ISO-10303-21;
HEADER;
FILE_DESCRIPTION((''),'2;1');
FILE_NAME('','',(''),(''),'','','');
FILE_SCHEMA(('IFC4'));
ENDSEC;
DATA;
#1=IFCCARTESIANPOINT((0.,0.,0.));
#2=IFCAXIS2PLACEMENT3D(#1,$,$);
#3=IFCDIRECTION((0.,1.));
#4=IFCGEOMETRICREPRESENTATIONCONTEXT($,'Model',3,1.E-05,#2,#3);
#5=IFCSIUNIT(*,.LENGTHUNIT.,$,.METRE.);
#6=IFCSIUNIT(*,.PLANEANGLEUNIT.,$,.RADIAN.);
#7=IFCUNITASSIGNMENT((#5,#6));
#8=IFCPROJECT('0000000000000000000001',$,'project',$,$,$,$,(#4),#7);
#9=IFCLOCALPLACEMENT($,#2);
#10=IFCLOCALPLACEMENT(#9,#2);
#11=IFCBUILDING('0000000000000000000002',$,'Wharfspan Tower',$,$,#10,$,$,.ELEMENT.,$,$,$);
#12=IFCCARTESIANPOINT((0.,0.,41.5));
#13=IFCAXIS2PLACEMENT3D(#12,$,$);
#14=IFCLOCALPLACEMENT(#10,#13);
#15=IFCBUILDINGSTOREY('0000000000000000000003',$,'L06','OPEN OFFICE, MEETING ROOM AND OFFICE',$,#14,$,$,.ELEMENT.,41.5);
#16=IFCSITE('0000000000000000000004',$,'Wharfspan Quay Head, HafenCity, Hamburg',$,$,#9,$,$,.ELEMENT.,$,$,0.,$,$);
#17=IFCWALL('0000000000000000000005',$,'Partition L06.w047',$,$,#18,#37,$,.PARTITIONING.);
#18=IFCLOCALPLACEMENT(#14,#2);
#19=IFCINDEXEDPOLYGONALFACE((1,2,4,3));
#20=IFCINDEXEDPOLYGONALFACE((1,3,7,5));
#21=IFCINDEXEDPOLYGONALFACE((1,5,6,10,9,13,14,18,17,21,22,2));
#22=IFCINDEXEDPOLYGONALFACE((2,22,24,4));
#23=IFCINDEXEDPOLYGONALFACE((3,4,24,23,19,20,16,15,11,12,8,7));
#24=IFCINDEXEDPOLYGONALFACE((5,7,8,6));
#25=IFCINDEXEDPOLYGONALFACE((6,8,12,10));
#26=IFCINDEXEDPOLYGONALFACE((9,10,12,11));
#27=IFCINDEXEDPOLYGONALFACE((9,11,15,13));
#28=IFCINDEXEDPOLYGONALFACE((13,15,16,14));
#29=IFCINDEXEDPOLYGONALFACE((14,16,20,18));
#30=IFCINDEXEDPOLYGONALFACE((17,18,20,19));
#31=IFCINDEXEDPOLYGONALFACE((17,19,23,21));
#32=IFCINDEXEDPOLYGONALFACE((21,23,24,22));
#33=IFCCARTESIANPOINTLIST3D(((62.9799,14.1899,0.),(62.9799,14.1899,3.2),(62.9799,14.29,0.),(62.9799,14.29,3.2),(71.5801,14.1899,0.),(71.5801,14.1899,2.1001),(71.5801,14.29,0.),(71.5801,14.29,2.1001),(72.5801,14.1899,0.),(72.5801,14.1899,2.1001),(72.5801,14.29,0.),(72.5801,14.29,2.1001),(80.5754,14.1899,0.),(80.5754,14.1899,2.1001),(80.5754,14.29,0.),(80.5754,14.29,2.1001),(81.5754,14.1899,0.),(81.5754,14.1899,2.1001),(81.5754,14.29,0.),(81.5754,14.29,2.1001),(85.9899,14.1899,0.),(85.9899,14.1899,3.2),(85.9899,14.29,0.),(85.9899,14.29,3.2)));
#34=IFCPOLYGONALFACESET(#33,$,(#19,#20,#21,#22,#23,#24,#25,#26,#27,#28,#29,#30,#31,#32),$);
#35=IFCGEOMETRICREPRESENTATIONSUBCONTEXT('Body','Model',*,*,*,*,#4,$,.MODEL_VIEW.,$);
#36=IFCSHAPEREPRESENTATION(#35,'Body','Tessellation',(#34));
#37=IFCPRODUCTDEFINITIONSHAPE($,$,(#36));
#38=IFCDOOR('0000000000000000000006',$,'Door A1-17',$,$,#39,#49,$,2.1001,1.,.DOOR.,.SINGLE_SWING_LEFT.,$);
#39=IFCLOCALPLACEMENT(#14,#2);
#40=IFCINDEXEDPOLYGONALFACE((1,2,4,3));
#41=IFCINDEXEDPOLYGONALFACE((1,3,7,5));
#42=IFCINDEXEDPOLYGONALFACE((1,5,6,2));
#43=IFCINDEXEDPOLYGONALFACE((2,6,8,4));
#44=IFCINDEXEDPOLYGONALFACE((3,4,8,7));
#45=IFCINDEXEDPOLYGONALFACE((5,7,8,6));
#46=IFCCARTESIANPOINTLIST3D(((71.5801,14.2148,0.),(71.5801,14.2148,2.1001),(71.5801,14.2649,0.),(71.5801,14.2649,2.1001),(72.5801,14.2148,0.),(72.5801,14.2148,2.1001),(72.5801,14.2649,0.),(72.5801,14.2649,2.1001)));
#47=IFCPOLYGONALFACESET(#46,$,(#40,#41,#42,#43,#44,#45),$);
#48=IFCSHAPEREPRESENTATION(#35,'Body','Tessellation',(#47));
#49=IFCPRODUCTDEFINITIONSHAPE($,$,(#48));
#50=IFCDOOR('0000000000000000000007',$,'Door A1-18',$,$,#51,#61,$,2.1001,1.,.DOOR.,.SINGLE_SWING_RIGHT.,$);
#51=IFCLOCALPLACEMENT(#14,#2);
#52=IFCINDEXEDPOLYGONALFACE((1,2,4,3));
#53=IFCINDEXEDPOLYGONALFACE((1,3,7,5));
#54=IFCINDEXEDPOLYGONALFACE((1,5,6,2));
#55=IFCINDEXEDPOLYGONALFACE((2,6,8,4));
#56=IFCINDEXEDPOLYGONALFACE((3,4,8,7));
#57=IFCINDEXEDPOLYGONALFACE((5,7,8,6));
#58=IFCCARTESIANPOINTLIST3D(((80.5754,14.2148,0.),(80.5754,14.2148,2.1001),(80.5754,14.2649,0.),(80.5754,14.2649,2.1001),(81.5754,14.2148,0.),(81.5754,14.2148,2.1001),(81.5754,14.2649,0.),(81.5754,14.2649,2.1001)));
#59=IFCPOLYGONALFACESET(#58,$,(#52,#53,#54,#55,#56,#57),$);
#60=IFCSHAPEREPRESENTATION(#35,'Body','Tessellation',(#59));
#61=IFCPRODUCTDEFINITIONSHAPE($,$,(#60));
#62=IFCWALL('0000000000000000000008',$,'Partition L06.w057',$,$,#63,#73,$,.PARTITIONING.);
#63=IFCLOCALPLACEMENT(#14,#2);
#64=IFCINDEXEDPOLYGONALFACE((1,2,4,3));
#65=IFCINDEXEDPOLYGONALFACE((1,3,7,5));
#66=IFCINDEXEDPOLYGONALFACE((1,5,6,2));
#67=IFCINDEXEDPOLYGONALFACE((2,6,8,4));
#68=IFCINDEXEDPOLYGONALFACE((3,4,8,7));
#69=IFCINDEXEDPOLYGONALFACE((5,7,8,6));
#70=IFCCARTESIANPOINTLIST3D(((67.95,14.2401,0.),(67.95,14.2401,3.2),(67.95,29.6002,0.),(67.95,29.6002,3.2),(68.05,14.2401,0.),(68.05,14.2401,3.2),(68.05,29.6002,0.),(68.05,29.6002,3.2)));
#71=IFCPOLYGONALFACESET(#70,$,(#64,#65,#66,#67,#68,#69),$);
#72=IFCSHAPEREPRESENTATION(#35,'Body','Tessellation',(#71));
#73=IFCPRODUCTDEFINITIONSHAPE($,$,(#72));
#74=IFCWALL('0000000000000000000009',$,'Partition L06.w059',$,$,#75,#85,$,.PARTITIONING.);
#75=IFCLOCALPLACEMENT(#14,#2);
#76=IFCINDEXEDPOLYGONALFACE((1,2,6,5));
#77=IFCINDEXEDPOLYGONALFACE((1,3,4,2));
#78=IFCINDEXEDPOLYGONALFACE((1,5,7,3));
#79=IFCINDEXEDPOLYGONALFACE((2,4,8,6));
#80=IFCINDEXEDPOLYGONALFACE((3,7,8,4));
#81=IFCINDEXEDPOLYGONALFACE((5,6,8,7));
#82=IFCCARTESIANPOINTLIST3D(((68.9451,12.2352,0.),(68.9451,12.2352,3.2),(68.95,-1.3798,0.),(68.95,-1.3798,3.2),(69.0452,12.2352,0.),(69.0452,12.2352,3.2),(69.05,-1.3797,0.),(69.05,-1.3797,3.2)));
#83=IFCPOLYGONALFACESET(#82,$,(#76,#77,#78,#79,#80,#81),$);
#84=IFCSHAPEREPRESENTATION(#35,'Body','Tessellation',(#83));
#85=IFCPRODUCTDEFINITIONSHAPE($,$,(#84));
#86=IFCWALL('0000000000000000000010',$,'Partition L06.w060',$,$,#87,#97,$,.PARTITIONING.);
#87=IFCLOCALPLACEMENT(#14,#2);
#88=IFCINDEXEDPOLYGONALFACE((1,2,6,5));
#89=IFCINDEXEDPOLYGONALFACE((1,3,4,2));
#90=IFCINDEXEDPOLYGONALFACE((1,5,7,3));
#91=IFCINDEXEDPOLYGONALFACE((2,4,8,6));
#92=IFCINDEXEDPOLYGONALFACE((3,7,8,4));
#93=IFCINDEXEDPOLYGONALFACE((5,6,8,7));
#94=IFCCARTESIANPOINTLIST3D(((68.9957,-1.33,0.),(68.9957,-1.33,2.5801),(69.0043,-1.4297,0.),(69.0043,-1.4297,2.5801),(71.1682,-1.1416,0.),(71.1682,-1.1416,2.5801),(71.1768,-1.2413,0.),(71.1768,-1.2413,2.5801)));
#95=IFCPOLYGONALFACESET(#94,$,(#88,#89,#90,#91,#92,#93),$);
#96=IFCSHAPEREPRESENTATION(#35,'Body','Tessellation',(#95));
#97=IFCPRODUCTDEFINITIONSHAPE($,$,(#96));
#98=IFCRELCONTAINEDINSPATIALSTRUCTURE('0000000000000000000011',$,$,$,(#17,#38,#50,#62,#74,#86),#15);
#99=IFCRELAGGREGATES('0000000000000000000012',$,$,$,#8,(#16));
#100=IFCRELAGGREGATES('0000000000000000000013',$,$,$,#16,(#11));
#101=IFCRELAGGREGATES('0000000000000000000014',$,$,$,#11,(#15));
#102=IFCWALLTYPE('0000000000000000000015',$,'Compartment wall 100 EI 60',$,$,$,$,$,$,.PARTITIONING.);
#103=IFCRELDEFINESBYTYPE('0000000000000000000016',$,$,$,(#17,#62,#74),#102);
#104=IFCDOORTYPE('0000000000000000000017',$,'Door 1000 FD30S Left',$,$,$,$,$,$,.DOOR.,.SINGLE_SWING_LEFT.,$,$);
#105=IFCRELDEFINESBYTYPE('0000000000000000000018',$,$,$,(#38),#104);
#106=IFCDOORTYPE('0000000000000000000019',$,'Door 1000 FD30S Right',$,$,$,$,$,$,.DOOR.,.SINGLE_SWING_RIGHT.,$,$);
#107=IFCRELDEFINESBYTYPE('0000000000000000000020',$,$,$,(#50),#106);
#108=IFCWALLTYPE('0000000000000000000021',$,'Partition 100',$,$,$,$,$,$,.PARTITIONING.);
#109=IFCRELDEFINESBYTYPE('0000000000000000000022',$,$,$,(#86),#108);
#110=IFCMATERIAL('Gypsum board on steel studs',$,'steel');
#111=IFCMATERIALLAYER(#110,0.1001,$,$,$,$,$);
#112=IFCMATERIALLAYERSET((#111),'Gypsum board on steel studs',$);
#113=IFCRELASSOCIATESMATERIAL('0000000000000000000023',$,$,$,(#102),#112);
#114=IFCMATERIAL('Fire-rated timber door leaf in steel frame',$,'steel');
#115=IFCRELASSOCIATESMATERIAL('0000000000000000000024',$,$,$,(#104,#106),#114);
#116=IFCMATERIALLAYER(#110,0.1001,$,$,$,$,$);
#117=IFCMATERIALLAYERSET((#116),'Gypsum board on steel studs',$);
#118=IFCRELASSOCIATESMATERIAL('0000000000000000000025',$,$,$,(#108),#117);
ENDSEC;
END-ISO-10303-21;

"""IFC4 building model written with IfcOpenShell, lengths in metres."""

from ifc_helpers import new_model, si_unit, direction, frame, frame_2d, origin, place, context, subcontext, project, spatial, rectangle, extrude, material, layer, layer_set, type_object, element, fill, save


model = new_model("IFC4")

# Units and contexts
model_context = context("Model", 3, precision=1e-05, world=origin(), true_north=direction((0.0, 1.0)))
body_context = subcontext(model_context, "Body", "Model", "MODEL_VIEW")
ifc_project = project(units=[si_unit("LENGTHUNIT", "METRE"), si_unit("PLANEANGLEUNIT", "RADIAN")], contexts=[model_context])

# Site, building, storey
site_placement = place(None, origin())
site = spatial("IfcSite", under=ifc_project, at=site_placement, Name="Wharfspan Quay Head, HafenCity, Hamburg", CompositionType="ELEMENT", RefElevation=0.0)
building_placement = place(site_placement, origin())
building = spatial("IfcBuilding", under=site, at=building_placement, Name="Wharfspan Tower", CompositionType="ELEMENT")
storey_placement = place(building_placement, frame((0.0, 0.0, 41.5)))
storey = spatial("IfcBuildingStorey", under=building, at=storey_placement, Name="L06", Description="OPEN OFFICE, MEETING ROOM AND OFFICE", CompositionType="ELEMENT", Elevation=41.5)

# Shared definitions
ifc_material_1 = material(Name="Gypsum board on steel studs", Category="steel")
ifc_layer_1 = layer(ifc_material_1, 0.1001)
ifc_layer_set_1 = layer_set([ifc_layer_1], Name="Gypsum board on steel studs")
wall_type_1 = type_object("IfcWallType", Name="Compartment wall 100 EI 60", PredefinedType="PARTITIONING", material=ifc_layer_set_1)

# Wall, openings, doors
wall_1_placement = place(storey_placement, frame((62.98, 14.24, 0.0), z_axis=(0.0, 0.0, 1.0), x_axis=(1.0, 0.0, 0.0)))
wall_1 = element("IfcWall", 1, at=wall_1_placement, inside=storey, type_object=wall_type_1, Name="Partition L06.w047", PredefinedType="PARTITIONING", context=body_context, shape_type="SweptSolid", body=[
    extrude(rectangle(XDim=23.01, YDim=0.1001, at=frame_2d((11.5049, 0.0))), origin(), (0.0, 0.0, 1.0), 3.2),
])
opening_1_placement = place(wall_1_placement, frame((8.6001, 0.0, 0.0)))
opening_1 = element("IfcOpeningElement", 2, at=opening_1_placement, cuts=wall_1, PredefinedType="OPENING", context=body_context, shape_type="SweptSolid", body=[
    extrude(rectangle(XDim=1.0, YDim=2.1001, at=frame_2d((0.5, 1.05))), frame((0.0, 0.0601, 0.0), z_axis=(0.0, -1.0, 0.0), x_axis=(1.0, 0.0, 0.0)), (0.0, 0.0, 1.0), 0.1201),
])
opening_2_placement = place(wall_1_placement, frame((17.5955, 0.0, 0.0)))
opening_2 = element("IfcOpeningElement", 3, at=opening_2_placement, cuts=wall_1, PredefinedType="OPENING", context=body_context, shape_type="SweptSolid", body=[
    extrude(rectangle(XDim=1.0, YDim=2.1001, at=frame_2d((0.5, 1.05))), frame((0.0, 0.0601, 0.0), z_axis=(0.0, -1.0, 0.0), x_axis=(1.0, 0.0, 0.0)), (0.0, 0.0, 1.0), 0.1201),
])
ifc_material_2 = material(Name="Fire-rated timber door leaf in steel frame", Category="steel")
door_type_1 = type_object("IfcDoorType", Name="Door 1000 FD30S Left", OperationType="SINGLE_SWING_LEFT", PredefinedType="DOOR", material=ifc_material_2)
door_1_placement = place(opening_1_placement, origin())
door_1 = element("IfcDoor", 4, at=door_1_placement, inside=storey, type_object=door_type_1, Name="Door A1-17", OperationType="SINGLE_SWING_LEFT", OverallHeight=2.1001, OverallWidth=1.0, PredefinedType="DOOR", context=body_context, shape_type="SweptSolid", body=[
    extrude(rectangle(XDim=1.0, YDim=2.1001, at=frame_2d((0.5, 1.05))), frame((0.0, 0.0249, 0.0), z_axis=(0.0, -1.0, 0.0), x_axis=(1.0, 0.0, 0.0)), (0.0, 0.0, 1.0), 0.05),
])
fill(opening_1, door_1)
door_type_2 = type_object("IfcDoorType", Name="Door 1000 FD30S Right", OperationType="SINGLE_SWING_RIGHT", PredefinedType="DOOR", material=ifc_material_2)
door_2_placement = place(opening_2_placement, origin())
door_2 = element("IfcDoor", 5, at=door_2_placement, inside=storey, type_object=door_type_2, Name="Door A1-18", OperationType="SINGLE_SWING_RIGHT", OverallHeight=2.1001, OverallWidth=1.0, PredefinedType="DOOR", context=body_context, shape_type="SweptSolid", body=[
    extrude(rectangle(XDim=1.0, YDim=2.1001, at=frame_2d((0.5, 1.05))), frame((0.0, 0.0249, 0.0), z_axis=(0.0, -1.0, 0.0), x_axis=(1.0, 0.0, 0.0)), (0.0, 0.0, 1.0), 0.05),
])
fill(opening_2, door_2)

# Walls
wall_2_placement = place(storey_placement, frame((68.0, 14.24, 0.0), z_axis=(0.0, 0.0, 1.0), x_axis=(0.0, 1.0, 0.0)))
element("IfcWall", 6, at=wall_2_placement, inside=storey, type_object=wall_type_1, Name="Partition L06.w057", PredefinedType="PARTITIONING", context=body_context, shape_type="SweptSolid", body=[
    extrude(rectangle(XDim=15.3601, YDim=0.1001, at=frame_2d((7.6802, 0.0))), origin(), (0.0, 0.0, 1.0), 3.2),
])
wall_3_placement = place(storey_placement, frame((69.0, -1.3799, 0.0), z_axis=(0.0, 0.0, 1.0), x_axis=(-0.000359, 1.000002, 0.0)))
element("IfcWall", 7, at=wall_3_placement, inside=storey, type_object=wall_type_1, Name="Partition L06.w059", PredefinedType="PARTITIONING", context=body_context, shape_type="SweptSolid", body=[
    extrude(rectangle(XDim=13.615, YDim=0.1001, at=frame_2d((6.8076, 0.0))), origin(), (0.0, 0.0, 1.0), 3.2),
])
ifc_layer_2 = layer(ifc_material_1, 0.1001)
ifc_layer_set_2 = layer_set([ifc_layer_2], Name="Gypsum board on steel studs")
wall_type_2 = type_object("IfcWallType", Name="Partition 100", PredefinedType="PARTITIONING", material=ifc_layer_set_2)
wall_4_placement = place(storey_placement, frame((69.0, -1.3799, 0.0), z_axis=(0.0, 0.0, 1.0), x_axis=(0.996261, 0.086427, 0.0)))
element("IfcWall", 8, at=wall_4_placement, inside=storey, type_object=wall_type_2, Name="Partition L06.w060", PredefinedType="PARTITIONING", context=body_context, shape_type="SweptSolid", body=[
    extrude(rectangle(XDim=2.1807, YDim=0.1001, at=frame_2d((1.0903, 0.0))), origin(), (0.0, 0.0, 1.0), 2.5801),
])

save(model, "model.ifc")
